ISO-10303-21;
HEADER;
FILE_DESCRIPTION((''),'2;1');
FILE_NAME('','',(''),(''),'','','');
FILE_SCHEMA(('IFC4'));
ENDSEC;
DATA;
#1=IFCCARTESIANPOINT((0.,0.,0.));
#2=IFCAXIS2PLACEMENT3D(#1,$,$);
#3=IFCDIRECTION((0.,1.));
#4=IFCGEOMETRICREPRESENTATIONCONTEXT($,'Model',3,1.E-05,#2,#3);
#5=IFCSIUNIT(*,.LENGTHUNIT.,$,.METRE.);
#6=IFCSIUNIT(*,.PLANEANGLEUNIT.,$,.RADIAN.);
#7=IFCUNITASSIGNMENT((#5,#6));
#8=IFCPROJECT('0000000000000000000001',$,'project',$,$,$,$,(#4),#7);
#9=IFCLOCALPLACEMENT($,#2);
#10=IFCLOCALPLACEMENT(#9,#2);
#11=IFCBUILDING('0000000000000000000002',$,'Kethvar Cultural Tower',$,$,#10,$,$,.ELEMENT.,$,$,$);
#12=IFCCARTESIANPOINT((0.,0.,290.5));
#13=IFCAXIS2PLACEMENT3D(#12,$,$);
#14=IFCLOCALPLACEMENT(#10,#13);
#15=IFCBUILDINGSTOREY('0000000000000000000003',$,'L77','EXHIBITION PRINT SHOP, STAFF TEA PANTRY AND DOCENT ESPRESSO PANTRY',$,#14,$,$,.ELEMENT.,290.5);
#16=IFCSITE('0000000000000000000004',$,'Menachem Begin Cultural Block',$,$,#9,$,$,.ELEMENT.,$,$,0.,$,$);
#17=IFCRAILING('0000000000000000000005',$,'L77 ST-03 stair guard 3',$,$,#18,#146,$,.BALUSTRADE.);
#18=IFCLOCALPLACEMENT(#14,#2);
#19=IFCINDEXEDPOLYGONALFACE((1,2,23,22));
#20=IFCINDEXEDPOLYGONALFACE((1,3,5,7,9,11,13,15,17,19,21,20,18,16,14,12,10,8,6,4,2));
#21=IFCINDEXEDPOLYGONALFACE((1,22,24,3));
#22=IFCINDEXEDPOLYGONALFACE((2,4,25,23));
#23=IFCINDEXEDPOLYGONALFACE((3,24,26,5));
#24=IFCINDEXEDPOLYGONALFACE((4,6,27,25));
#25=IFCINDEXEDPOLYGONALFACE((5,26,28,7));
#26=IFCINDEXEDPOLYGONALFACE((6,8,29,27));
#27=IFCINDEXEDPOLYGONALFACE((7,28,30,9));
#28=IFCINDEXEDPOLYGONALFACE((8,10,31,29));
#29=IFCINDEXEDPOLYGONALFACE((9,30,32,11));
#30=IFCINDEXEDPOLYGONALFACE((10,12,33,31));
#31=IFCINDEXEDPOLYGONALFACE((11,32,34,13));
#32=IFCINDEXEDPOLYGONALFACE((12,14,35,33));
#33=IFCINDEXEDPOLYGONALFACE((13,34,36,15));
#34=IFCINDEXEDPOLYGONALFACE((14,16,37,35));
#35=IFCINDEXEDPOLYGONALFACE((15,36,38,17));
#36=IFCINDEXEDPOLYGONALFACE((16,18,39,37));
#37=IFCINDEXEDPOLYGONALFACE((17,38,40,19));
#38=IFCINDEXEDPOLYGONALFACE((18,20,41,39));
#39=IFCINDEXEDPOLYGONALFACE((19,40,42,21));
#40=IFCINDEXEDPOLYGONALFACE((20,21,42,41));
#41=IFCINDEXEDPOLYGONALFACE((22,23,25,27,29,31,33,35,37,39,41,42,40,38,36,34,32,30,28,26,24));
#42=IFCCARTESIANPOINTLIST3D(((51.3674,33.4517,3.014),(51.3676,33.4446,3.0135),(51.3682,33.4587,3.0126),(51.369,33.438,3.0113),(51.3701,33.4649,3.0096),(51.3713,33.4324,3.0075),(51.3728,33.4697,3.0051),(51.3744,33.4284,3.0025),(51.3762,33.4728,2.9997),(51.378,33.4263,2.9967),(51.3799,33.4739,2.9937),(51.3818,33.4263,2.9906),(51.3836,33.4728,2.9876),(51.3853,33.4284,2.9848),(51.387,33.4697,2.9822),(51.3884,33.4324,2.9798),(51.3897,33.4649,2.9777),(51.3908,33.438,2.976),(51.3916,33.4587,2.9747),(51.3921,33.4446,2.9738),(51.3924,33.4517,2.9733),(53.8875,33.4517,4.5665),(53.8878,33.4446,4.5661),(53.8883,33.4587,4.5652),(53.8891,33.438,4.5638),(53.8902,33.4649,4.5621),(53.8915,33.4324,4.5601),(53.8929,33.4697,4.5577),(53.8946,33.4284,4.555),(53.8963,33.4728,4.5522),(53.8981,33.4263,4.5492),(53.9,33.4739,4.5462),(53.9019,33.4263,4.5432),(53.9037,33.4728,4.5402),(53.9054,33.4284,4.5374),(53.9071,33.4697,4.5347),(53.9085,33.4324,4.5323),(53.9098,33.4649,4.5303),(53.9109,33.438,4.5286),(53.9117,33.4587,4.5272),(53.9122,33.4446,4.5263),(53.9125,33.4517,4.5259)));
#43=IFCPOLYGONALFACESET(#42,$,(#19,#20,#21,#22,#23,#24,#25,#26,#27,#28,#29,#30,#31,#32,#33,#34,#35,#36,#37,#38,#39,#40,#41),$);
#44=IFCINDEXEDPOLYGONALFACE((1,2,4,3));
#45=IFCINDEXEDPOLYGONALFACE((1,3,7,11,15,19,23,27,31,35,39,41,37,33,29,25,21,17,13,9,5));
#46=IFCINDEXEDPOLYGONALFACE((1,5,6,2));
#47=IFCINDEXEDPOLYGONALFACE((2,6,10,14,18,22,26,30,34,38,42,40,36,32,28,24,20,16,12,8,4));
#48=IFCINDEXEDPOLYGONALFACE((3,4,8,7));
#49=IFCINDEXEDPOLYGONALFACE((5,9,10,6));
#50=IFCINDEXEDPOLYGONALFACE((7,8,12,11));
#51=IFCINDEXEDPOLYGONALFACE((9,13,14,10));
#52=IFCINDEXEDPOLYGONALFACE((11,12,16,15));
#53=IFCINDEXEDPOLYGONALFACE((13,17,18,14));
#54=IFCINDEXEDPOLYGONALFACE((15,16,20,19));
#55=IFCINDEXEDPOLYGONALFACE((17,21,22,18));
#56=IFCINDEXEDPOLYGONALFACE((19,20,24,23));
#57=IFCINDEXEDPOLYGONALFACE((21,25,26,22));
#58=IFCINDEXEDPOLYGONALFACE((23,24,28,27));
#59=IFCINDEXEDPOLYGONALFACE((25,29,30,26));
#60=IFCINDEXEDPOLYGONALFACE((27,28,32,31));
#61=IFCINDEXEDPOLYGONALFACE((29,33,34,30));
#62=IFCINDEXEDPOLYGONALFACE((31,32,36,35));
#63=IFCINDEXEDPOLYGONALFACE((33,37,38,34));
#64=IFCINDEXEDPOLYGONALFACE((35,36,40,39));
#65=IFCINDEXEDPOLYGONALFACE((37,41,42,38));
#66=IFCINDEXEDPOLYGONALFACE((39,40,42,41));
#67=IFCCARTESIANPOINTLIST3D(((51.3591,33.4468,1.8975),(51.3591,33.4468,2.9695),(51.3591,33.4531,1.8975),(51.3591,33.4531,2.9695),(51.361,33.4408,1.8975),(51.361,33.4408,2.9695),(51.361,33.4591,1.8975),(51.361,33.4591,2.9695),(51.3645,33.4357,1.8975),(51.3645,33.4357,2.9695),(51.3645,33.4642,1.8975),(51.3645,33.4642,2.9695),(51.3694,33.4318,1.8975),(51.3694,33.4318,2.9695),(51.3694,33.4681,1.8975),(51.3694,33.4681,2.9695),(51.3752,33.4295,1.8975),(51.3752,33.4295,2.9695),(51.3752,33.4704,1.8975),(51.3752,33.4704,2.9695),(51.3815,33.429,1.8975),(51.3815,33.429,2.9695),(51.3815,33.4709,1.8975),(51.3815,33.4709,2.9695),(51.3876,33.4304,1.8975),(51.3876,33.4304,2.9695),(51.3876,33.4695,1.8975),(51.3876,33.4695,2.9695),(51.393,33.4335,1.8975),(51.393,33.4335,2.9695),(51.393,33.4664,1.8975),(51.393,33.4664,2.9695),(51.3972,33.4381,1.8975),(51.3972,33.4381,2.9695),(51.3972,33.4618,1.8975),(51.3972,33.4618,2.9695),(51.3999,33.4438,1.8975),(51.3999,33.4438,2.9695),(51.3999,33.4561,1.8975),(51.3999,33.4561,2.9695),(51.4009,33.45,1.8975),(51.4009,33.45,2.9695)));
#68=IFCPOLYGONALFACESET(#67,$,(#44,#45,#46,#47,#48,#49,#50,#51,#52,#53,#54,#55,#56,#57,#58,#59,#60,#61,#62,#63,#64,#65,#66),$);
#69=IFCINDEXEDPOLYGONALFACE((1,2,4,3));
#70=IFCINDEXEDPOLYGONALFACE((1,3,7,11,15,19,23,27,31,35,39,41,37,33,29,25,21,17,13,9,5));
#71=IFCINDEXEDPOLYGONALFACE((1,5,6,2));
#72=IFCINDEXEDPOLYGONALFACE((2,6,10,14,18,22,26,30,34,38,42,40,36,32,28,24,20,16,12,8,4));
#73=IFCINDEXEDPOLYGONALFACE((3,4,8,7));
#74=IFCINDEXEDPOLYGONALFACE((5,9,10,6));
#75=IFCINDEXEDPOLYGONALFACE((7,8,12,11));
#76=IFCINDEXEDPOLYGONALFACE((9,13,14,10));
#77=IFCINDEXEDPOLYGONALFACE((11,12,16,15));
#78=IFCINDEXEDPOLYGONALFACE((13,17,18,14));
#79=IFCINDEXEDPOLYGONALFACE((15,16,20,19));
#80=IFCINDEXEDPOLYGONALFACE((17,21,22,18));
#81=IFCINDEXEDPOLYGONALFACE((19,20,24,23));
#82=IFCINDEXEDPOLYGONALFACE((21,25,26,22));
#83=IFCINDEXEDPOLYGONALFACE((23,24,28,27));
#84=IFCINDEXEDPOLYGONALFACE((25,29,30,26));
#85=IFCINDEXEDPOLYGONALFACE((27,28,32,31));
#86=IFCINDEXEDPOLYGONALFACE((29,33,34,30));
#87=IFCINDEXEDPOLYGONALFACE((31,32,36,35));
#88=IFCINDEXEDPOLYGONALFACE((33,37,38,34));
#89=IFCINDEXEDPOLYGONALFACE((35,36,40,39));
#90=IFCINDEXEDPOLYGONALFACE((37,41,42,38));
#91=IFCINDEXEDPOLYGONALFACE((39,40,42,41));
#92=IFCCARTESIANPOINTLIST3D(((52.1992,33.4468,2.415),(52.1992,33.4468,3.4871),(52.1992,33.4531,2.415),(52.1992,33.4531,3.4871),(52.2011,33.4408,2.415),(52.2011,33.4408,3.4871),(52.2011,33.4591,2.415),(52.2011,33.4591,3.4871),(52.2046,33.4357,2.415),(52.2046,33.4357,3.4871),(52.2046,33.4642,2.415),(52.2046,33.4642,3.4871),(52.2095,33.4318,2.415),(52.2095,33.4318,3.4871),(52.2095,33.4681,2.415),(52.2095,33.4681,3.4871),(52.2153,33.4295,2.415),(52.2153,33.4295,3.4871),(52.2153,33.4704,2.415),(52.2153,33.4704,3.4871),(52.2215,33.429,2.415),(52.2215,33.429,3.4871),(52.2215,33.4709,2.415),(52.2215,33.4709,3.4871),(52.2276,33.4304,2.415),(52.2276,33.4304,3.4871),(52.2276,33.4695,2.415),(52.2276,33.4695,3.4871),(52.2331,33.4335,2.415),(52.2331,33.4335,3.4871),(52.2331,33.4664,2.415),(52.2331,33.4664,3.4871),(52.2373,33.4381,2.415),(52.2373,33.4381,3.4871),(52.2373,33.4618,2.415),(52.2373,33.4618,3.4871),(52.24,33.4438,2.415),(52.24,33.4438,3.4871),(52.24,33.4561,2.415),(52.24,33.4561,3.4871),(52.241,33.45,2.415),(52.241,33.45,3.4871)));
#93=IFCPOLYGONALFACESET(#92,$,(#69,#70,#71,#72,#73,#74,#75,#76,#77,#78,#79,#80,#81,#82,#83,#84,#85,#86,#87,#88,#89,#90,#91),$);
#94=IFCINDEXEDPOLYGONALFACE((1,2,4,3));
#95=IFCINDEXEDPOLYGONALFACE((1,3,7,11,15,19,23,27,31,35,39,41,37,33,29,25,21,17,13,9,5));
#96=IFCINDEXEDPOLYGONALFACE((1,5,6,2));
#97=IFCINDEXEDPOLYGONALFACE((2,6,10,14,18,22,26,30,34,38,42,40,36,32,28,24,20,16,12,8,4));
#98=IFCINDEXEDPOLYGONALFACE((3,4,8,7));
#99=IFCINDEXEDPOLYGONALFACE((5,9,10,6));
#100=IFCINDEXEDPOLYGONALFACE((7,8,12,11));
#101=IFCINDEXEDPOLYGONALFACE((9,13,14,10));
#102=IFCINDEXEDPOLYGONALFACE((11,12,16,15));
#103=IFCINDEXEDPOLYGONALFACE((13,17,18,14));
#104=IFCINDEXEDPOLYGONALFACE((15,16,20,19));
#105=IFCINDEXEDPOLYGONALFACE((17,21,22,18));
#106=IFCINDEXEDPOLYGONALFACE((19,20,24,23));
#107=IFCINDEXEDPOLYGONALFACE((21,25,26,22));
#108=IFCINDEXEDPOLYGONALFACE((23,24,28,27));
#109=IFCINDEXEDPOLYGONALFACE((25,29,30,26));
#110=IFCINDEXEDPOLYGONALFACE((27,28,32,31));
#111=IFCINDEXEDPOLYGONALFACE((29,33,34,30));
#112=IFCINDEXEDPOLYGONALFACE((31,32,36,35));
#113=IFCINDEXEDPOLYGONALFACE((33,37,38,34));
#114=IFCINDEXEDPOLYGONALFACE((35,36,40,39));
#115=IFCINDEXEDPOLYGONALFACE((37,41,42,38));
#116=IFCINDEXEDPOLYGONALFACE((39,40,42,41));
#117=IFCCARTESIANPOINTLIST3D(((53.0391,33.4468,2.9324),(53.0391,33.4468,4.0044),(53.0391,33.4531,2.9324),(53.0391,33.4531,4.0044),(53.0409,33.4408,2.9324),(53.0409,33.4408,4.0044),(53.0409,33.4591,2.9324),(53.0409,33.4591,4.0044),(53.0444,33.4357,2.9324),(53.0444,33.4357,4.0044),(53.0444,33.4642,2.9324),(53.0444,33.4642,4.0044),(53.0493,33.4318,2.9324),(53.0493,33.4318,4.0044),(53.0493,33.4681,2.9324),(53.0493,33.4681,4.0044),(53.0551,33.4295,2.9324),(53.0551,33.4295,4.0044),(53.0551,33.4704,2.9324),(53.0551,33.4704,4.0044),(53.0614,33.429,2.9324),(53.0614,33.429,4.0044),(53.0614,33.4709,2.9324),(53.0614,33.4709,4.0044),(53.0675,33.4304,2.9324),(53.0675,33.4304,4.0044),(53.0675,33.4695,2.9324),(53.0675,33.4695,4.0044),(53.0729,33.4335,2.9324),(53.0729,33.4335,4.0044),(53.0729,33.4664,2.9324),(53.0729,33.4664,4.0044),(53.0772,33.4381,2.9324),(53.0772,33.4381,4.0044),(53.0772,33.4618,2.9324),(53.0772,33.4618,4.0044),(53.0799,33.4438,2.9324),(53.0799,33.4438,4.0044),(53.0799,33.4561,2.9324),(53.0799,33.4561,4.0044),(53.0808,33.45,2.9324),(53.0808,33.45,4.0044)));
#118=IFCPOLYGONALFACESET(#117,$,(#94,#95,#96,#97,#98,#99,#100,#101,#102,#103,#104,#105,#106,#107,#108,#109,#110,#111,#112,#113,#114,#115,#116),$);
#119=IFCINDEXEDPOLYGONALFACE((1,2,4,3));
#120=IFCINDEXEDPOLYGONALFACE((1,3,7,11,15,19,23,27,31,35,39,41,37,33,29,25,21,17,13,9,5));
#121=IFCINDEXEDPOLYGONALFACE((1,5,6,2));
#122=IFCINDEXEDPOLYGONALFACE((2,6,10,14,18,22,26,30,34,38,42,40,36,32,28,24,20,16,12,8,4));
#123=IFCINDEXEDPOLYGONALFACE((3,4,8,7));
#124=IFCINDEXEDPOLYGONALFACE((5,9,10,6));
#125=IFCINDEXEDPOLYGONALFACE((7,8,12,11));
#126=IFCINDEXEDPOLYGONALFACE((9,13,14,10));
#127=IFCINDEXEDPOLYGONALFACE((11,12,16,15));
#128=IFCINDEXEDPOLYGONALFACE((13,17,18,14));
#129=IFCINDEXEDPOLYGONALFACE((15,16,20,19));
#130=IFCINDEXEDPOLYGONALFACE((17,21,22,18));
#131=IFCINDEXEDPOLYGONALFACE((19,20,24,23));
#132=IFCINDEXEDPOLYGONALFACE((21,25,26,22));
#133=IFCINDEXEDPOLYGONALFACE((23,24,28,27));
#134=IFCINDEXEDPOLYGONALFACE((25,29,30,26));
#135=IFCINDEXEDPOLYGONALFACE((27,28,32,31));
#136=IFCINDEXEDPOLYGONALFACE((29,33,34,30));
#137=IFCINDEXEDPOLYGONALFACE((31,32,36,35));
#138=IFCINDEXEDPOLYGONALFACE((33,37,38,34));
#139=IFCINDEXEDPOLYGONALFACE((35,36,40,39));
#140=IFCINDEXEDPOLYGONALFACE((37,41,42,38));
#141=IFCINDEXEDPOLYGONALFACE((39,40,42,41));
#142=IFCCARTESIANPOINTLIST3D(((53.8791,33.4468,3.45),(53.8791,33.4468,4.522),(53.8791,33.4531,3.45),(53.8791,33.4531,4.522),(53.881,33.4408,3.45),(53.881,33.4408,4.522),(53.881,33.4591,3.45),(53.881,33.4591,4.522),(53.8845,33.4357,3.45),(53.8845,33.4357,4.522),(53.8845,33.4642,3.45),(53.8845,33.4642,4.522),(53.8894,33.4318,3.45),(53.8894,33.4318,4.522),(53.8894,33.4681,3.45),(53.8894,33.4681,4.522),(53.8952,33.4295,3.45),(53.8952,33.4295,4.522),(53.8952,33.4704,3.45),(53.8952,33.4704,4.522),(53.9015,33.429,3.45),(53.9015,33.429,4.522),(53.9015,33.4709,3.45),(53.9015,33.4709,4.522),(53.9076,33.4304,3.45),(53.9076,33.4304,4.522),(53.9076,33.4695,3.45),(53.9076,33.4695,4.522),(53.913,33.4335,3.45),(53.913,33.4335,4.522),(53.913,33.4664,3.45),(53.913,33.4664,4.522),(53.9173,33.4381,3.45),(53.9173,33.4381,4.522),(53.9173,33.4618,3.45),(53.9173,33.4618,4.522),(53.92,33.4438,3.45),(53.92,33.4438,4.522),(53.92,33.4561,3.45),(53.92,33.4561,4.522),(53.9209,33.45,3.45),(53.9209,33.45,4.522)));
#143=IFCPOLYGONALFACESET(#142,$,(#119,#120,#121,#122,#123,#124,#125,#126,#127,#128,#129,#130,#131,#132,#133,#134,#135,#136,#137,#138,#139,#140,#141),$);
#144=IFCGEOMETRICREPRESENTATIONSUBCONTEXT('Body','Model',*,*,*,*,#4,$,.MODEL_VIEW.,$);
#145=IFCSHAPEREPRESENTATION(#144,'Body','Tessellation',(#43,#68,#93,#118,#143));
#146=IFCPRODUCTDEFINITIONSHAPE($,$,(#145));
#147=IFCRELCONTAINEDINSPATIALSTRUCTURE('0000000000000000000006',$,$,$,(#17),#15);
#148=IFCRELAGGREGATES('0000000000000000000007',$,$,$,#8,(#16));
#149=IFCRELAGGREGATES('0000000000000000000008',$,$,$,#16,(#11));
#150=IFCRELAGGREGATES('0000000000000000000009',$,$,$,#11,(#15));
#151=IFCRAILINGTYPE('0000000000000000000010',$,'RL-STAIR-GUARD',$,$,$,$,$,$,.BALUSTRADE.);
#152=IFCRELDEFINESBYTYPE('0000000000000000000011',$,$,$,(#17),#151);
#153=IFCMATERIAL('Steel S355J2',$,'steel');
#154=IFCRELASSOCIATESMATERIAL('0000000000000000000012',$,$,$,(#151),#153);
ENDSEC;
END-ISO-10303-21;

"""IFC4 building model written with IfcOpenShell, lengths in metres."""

from ifc_helpers import new_model, si_unit, direction, frame, origin, origin_2d, place, context, subcontext, project, spatial, circle, extrude, material, type_object, element, save


model = new_model("IFC4")

# Units and contexts
model_context = context("Model", 3, precision=1e-05, world=origin(), true_north=direction((0.0, 1.0)))
body_context = subcontext(model_context, "Body", "Model", "MODEL_VIEW")
ifc_project = project(units=[si_unit("LENGTHUNIT", "METRE"), si_unit("PLANEANGLEUNIT", "RADIAN")], contexts=[model_context])

# Site, building, storey
site_placement = place(None, origin())
site = spatial("IfcSite", under=ifc_project, at=site_placement, Name="Menachem Begin Cultural Block", CompositionType="ELEMENT", RefElevation=0.0)
building_placement = place(site_placement, origin())
building = spatial("IfcBuilding", under=site, at=building_placement, Name="Kethvar Cultural Tower", CompositionType="ELEMENT")
storey_placement = place(building_placement, frame((0.0, 0.0, 290.5)))
storey = spatial("IfcBuildingStorey", under=building, at=storey_placement, Name="L77", Description="EXHIBITION PRINT SHOP, STAFF TEA PANTRY AND DOCENT ESPRESSO PANTRY", CompositionType="ELEMENT", Elevation=290.5)

# Shared definitions
ifc_material_1 = material(Name="Steel S355J2", Category="steel")

# Railing
railing_type_1 = type_object("IfcRailingType", Name="RL-STAIR-GUARD", PredefinedType="BALUSTRADE", material=ifc_material_1)
railing_1_placement = place(storey_placement, frame((51.3799, 33.45, 1.8975)))
element("IfcRailing", 1, at=railing_1_placement, inside=storey, type_object=railing_type_1, Name="L77 ST-03 stair guard 3", PredefinedType="BALUSTRADE", context=body_context, shape_type="SweptSolid", body=[
    extrude(circle(Radius=0.0239, at=origin_2d()), frame((0.0, 0.0, 1.0962), z_axis=(0.8514, 0.0, 0.524516), x_axis=(0.0, 1.0, 0.0)), (0.0, 0.0, 1.0), 2.96),
    extrude(circle(Radius=0.021, at=origin_2d()), origin(), (0.0, 0.0, 1.0), 1.072),
    extrude(circle(Radius=0.021, at=origin_2d()), frame((0.8401, 0.0, 0.5176)), (0.0, 0.0, 1.0), 1.072),
    extrude(circle(Radius=0.021, at=origin_2d()), frame((1.6799, 0.0, 1.0349)), (0.0, 0.0, 1.0), 1.072),
    extrude(circle(Radius=0.021, at=origin_2d()), frame((2.52, 0.0, 1.5525)), (0.0, 0.0, 1.0), 1.072),
])

save(model, "model.ifc")
